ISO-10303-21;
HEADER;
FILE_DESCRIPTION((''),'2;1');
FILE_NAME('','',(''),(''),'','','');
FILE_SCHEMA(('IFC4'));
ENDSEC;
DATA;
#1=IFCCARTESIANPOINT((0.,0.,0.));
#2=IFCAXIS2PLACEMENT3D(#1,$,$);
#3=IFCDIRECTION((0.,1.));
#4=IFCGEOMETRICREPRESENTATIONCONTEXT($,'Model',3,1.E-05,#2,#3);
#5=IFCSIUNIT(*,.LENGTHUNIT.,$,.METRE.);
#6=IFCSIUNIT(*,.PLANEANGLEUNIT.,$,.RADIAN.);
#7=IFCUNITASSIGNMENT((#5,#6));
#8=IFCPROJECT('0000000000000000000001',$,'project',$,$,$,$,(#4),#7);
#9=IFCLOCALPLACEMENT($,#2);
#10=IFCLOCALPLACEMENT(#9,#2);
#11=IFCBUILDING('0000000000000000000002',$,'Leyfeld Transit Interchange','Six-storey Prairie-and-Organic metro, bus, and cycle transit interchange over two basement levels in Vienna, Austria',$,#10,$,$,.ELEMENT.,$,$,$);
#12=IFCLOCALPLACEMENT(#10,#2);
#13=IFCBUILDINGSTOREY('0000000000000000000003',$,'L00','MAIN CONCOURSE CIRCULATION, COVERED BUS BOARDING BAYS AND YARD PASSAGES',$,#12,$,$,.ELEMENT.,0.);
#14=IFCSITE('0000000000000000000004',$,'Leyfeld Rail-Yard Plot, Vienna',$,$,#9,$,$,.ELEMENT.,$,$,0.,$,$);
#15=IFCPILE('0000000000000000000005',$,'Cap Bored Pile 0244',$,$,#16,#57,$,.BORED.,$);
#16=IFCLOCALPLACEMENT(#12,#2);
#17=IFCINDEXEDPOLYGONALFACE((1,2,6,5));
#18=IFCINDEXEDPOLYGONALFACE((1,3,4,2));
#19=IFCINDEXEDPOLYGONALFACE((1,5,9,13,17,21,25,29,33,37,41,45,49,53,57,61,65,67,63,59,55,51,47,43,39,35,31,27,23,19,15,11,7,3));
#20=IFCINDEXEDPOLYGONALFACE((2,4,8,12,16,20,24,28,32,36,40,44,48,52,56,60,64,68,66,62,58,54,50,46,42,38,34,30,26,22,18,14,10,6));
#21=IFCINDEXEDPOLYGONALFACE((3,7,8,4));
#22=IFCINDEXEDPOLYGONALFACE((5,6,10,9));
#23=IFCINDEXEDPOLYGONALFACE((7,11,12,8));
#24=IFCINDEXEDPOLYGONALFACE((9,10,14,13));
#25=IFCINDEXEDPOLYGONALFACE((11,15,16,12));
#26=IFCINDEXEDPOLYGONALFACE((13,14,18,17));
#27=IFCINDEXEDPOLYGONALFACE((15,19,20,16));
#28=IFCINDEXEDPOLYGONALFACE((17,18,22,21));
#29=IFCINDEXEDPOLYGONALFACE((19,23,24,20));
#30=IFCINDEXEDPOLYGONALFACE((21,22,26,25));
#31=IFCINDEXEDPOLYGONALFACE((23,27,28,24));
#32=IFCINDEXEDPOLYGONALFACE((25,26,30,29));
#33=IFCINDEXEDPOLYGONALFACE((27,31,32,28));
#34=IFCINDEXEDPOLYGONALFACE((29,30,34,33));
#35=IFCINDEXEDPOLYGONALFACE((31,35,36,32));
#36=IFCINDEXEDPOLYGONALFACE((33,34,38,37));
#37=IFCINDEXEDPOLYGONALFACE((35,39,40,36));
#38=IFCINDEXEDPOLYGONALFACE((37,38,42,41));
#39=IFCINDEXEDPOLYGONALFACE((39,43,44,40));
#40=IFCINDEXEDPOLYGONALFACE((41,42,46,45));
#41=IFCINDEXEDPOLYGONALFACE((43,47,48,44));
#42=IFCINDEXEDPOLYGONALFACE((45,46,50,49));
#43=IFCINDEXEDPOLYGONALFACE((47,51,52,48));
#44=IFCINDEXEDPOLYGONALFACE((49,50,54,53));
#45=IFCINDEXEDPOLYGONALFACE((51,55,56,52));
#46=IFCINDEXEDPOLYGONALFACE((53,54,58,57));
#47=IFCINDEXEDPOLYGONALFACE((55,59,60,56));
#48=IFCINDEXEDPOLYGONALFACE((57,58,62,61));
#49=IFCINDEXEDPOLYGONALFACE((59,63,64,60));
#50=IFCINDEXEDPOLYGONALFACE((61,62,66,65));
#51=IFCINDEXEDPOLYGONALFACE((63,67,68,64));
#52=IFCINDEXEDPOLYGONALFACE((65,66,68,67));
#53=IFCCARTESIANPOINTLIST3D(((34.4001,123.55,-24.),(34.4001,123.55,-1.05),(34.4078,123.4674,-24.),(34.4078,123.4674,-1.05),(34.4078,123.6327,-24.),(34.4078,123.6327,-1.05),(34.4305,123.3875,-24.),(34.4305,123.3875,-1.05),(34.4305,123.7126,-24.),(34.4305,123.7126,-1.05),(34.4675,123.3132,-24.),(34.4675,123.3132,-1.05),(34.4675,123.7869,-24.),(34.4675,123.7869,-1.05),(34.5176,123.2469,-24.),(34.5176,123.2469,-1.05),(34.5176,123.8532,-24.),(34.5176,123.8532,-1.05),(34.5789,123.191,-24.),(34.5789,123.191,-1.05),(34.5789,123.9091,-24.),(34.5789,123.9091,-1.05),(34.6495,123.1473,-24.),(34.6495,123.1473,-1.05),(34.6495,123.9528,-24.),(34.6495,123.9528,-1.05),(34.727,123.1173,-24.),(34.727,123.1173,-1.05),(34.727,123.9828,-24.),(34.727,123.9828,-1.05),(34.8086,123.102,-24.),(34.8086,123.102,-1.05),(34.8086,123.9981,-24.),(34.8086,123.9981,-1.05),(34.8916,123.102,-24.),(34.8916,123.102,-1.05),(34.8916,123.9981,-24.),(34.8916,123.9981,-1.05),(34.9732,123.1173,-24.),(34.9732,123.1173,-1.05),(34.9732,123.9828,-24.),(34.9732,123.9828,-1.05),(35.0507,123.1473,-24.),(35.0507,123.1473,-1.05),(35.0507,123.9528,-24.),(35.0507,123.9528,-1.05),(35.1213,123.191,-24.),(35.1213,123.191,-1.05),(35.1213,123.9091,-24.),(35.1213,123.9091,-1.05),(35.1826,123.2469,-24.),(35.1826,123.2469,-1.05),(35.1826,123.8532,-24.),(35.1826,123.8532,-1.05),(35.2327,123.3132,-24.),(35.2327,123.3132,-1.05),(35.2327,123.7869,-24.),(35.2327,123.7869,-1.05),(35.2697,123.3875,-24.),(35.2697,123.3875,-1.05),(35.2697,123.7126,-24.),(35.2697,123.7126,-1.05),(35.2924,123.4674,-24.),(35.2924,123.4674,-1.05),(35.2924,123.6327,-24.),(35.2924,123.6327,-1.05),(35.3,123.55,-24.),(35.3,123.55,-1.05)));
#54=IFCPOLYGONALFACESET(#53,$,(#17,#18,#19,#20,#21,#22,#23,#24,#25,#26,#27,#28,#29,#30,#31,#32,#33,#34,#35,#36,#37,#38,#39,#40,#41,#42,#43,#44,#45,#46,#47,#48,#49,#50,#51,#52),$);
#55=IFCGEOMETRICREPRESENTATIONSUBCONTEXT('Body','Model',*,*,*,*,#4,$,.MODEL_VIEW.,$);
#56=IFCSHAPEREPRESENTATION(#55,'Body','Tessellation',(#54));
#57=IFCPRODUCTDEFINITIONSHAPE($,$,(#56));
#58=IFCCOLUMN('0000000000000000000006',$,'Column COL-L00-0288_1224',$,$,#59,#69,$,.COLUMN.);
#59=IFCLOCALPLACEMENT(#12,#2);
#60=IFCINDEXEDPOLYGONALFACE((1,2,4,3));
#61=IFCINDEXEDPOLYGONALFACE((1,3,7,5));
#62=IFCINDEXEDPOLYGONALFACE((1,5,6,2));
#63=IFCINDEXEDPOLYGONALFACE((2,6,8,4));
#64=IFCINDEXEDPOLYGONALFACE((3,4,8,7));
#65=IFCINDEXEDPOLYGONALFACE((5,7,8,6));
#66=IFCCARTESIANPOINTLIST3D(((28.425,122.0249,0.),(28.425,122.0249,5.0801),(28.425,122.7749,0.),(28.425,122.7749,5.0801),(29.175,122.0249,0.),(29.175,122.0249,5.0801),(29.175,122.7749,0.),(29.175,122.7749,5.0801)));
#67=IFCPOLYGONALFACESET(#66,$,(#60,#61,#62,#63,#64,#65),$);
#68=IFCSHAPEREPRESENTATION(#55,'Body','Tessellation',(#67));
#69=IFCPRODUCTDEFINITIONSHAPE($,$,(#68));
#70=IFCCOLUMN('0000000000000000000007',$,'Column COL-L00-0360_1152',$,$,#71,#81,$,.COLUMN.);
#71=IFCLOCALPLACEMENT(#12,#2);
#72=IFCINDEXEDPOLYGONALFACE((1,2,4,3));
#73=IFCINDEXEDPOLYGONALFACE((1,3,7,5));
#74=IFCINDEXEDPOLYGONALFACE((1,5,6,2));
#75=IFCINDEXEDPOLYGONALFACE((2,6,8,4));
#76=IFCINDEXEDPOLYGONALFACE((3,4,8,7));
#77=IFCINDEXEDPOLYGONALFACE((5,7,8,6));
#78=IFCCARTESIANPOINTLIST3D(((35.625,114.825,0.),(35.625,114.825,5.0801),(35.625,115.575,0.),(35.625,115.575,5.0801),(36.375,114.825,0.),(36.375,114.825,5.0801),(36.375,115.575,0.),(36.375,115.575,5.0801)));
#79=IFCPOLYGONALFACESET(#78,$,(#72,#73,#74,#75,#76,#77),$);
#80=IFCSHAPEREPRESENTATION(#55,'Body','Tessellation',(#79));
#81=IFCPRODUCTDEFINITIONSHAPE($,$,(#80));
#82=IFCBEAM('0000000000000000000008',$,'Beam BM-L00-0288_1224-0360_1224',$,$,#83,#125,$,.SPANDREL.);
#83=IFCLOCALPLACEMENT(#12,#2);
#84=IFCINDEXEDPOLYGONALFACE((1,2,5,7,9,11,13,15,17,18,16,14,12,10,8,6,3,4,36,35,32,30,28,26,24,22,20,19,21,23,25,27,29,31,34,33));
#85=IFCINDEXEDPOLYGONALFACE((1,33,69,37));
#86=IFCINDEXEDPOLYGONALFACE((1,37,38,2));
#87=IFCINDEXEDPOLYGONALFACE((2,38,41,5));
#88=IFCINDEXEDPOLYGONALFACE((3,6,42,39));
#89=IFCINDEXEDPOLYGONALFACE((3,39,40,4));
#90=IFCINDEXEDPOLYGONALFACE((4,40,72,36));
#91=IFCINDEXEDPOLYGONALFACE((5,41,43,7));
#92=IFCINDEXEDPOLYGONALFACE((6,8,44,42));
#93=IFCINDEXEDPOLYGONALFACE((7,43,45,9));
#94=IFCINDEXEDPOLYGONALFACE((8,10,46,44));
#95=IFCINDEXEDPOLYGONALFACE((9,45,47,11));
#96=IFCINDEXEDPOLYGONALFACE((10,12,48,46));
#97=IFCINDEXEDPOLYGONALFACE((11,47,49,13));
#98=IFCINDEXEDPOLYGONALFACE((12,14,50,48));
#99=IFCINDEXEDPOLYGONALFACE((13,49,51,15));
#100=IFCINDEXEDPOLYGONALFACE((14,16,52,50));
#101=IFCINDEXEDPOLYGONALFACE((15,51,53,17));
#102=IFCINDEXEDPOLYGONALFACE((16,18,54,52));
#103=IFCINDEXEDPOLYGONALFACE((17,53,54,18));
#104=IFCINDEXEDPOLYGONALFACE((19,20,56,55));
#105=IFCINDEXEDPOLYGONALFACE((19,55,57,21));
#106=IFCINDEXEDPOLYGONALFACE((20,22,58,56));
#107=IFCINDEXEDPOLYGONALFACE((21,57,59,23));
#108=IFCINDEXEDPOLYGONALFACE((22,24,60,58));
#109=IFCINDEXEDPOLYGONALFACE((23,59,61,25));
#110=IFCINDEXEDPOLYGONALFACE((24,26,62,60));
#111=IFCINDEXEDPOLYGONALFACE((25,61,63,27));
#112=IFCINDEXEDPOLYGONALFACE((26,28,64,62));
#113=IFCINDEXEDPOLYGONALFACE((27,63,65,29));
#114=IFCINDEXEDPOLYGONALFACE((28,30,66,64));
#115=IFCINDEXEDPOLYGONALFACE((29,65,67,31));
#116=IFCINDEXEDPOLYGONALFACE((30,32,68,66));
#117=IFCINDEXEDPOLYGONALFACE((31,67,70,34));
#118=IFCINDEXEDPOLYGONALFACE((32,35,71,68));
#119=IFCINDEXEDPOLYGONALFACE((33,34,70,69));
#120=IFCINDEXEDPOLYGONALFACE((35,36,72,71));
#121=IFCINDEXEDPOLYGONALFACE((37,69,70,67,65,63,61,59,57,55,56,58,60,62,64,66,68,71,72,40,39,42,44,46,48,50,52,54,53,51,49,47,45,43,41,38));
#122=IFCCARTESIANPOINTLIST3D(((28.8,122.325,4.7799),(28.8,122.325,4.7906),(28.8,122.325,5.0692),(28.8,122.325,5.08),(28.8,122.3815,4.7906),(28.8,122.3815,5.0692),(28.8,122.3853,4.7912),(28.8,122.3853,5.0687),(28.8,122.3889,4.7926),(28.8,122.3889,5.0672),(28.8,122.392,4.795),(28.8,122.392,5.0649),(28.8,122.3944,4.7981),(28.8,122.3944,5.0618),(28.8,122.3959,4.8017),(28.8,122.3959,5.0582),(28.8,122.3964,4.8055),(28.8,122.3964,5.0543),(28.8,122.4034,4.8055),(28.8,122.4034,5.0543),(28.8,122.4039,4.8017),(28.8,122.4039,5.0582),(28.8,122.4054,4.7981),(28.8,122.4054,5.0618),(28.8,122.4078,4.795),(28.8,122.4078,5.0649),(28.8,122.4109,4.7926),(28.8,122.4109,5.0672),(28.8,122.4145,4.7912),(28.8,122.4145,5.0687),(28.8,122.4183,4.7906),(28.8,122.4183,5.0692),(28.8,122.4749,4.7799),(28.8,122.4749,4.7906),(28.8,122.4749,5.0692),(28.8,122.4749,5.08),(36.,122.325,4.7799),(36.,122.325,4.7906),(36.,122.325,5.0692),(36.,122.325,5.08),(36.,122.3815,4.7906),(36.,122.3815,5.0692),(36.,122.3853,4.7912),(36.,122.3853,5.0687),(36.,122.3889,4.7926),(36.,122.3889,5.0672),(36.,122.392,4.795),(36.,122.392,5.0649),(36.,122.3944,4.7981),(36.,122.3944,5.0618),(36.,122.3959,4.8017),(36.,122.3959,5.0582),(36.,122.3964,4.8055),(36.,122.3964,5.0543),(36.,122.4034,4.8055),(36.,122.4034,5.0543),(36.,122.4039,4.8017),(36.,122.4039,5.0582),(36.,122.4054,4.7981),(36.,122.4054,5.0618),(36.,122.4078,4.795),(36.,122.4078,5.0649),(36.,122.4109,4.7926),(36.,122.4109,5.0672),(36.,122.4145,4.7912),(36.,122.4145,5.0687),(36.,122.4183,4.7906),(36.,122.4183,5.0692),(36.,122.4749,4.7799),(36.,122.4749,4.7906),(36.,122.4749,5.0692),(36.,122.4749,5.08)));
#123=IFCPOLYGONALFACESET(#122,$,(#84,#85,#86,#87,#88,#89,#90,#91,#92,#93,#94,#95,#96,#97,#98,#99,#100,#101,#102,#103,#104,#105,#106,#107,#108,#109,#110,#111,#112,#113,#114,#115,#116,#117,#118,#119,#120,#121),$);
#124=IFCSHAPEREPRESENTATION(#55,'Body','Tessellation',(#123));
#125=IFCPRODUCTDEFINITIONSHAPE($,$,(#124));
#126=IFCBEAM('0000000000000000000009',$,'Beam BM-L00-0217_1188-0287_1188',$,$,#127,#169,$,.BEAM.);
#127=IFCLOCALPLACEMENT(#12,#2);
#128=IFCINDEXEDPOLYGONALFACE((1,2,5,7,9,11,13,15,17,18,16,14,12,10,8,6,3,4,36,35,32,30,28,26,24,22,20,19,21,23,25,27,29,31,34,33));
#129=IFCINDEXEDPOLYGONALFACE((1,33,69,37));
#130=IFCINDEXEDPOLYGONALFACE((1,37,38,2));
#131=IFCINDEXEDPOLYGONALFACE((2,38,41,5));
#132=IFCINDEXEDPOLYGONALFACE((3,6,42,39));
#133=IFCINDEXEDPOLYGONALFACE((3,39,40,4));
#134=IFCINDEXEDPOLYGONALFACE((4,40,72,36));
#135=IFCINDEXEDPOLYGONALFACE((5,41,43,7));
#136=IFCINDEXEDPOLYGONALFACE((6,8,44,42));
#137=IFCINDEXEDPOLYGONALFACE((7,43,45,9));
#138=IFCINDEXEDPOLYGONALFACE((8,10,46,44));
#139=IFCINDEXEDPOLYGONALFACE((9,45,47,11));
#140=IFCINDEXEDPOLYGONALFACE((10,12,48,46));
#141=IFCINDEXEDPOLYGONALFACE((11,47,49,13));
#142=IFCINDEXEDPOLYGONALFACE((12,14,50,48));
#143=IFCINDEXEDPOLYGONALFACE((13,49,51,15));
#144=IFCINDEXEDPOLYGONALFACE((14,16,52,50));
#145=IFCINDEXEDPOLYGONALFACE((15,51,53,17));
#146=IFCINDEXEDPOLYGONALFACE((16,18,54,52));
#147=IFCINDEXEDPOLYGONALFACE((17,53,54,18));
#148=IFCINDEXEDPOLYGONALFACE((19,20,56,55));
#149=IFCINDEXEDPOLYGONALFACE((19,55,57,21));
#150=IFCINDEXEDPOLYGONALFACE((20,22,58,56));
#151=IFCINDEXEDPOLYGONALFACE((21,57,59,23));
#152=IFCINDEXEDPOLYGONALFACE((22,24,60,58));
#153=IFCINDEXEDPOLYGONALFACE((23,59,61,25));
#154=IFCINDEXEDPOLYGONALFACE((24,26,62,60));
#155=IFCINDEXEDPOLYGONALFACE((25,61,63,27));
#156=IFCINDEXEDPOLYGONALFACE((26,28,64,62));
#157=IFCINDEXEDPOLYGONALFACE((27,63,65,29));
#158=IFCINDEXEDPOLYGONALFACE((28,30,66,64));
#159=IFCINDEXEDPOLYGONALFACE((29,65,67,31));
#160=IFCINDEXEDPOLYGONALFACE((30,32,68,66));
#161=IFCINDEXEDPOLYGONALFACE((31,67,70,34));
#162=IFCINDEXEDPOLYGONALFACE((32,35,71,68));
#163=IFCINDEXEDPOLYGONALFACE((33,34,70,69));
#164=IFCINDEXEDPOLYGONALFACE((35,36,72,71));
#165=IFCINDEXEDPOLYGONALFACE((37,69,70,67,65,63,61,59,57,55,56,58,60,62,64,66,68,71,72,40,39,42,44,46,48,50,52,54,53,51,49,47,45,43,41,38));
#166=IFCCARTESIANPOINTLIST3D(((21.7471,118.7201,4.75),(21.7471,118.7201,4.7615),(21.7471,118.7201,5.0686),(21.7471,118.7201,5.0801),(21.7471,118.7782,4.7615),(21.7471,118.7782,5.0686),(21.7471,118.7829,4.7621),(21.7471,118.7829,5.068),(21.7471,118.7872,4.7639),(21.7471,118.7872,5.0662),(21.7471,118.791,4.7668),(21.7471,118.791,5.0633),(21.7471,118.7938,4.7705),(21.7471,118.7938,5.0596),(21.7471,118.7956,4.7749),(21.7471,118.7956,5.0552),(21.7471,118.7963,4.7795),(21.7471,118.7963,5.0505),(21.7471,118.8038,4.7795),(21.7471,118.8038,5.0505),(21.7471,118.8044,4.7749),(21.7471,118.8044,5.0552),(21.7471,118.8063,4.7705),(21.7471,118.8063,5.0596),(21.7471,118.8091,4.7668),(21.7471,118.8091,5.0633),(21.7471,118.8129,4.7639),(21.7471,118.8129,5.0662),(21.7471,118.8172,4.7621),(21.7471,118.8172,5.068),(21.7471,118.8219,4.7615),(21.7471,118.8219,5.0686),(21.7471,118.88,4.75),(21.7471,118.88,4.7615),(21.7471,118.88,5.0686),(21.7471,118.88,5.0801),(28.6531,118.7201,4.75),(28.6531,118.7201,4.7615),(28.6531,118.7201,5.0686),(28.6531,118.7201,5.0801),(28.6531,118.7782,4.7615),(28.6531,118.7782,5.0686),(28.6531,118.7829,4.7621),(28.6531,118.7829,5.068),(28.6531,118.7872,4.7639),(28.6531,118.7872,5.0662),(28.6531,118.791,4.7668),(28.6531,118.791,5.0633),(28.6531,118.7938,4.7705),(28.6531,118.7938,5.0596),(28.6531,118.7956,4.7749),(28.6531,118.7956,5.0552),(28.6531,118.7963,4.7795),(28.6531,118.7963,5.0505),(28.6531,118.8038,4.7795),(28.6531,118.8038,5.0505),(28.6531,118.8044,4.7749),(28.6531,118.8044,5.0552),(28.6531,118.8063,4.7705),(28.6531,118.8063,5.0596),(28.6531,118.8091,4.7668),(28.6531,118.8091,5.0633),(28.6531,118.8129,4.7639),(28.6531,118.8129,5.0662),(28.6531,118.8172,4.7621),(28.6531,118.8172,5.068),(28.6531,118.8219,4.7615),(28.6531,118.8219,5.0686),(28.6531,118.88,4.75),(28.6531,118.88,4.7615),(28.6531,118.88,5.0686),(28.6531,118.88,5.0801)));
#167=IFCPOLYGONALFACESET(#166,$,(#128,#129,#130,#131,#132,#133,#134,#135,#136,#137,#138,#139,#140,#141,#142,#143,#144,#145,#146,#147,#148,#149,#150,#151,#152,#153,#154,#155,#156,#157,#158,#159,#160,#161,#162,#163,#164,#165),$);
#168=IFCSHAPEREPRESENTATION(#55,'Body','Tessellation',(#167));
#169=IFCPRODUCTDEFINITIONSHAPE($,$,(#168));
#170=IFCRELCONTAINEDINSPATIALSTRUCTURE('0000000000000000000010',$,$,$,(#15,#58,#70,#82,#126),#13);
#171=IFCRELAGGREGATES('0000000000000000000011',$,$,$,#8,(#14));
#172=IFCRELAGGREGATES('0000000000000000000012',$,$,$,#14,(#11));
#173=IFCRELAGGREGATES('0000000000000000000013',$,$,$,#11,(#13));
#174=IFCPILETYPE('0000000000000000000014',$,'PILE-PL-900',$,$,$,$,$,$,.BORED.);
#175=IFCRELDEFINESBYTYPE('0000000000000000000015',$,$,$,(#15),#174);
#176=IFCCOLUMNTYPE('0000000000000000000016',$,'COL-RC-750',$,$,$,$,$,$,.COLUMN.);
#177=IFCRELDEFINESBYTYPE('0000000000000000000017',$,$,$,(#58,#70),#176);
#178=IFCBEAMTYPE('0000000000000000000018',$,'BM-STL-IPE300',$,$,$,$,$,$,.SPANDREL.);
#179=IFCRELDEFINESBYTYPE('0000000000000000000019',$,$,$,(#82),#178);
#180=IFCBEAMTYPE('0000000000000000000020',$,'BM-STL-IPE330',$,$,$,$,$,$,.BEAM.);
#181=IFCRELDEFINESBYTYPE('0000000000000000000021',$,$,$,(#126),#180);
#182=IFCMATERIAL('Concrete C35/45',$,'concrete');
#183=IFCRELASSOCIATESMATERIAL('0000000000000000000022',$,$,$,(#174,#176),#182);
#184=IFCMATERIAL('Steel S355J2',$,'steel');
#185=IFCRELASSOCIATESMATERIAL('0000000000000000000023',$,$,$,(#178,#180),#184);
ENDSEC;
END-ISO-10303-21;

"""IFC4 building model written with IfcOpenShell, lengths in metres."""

from ifc_helpers import new_model, si_unit, direction, frame, origin, origin_2d, place, context, subcontext, project, spatial, rectangle, circle, i_section, extrude, material, material_profile, profile_set, type_object, element, save


model = new_model("IFC4")

# Units and contexts
model_context = context("Model", 3, precision=1e-05, world=origin(), true_north=direction((0.0, 1.0)))
body_context = subcontext(model_context, "Body", "Model", "MODEL_VIEW")
ifc_project = project(units=[si_unit("LENGTHUNIT", "METRE"), si_unit("PLANEANGLEUNIT", "RADIAN")], contexts=[model_context])

# Site, building, storey
site_placement = place(None, origin())
site = spatial("IfcSite", under=ifc_project, at=site_placement, Name="Leyfeld Rail-Yard Plot, Vienna", CompositionType="ELEMENT", RefElevation=0.0)
building_placement = place(site_placement, origin())
building = spatial("IfcBuilding", under=site, at=building_placement, Name="Leyfeld Transit Interchange", Description="Six-storey Prairie-and-Organic metro, bus, and cycle transit interchange over two basement levels in Vienna, Austria", CompositionType="ELEMENT")
storey_placement = place(building_placement, origin())
storey = spatial("IfcBuildingStorey", under=building, at=storey_placement, Name="L00", Description="MAIN CONCOURSE CIRCULATION, COVERED BUS BOARDING BAYS AND YARD PASSAGES", CompositionType="ELEMENT", Elevation=0.0)

# Shared definitions
ifc_material_1 = material(Name="Concrete C35/45", Category="concrete")

# Pile
ifc_material_profile_1 = material_profile(ifc_material_1, circle(Radius=0.45, at=origin_2d()), Name="PILE D900")
ifc_profile_set_1 = profile_set([ifc_material_profile_1], Name="Concrete C35/45")
pile_type = type_object("IfcPileType", Name="PILE-PL-900", PredefinedType="BORED", material=ifc_profile_set_1)
for number, where, z_axis, x_axis, name in (
    (1, (34.8501, 123.55, -1.05), (0.0, 0.0, -1.0), (1.0, 0.0, 0.0), "Cap Bored Pile 0244"),
):
    element("IfcPile", number, at=place(storey_placement, frame(where, z_axis=z_axis, x_axis=x_axis)), inside=storey, type_object=pile_type, Name=name, PredefinedType="BORED", context=body_context, shape_type="SweptSolid", body=[
        extrude(circle(Radius=0.45, at=origin_2d()), origin(), (0.0, 0.0, 1.0), 22.95),
    ])

# Columns
ifc_material_profile_2 = material_profile(ifc_material_1, rectangle(XDim=0.75, YDim=0.75, at=origin_2d()), Name="RC 750x750")
ifc_profile_set_2 = profile_set([ifc_material_profile_2], Name="Concrete C35/45")
column_type = type_object("IfcColumnType", Name="COL-RC-750", PredefinedType="COLUMN", material=ifc_profile_set_2)
for number, where, z_axis, x_axis, name in (
    (2, (28.8, 122.3999, 0.0), (0.0, 0.0, 1.0), (1.0, 0.0, 0.0), "Column COL-L00-0288_1224"),
    (3, (36.0, 115.2, 0.0), (0.0, 0.0, 1.0), (1.0, 0.0, 0.0), "Column COL-L00-0360_1152"),
):
    element("IfcColumn", number, at=place(storey_placement, frame(where, z_axis=z_axis, x_axis=x_axis)), inside=storey, type_object=column_type, Name=name, PredefinedType="COLUMN", context=body_context, shape_type="SweptSolid", body=[
        extrude(rectangle(XDim=0.75, YDim=0.75, at=origin_2d()), origin(), (0.0, 0.0, 1.0), 5.0801),
    ])

# Beams
ifc_material_2 = material(Name="Steel S355J2", Category="steel")
ifc_material_profile_3 = material_profile(ifc_material_2, i_section(OverallWidth=0.1499, OverallDepth=0.3, WebThickness=0.0071, FlangeThickness=0.0107, FilletRadius=0.0149, at=origin_2d()), Name="IPE 300")
ifc_profile_set_3 = profile_set([ifc_material_profile_3], Name="Steel S355J2")
beam_type_1 = type_object("IfcBeamType", Name="BM-STL-IPE300", PredefinedType="SPANDREL", material=ifc_profile_set_3)
beam_placement = place(storey_placement, frame((28.8, 122.3999, 4.9299), z_axis=(1.0, 0.0, 0.0), x_axis=(0.0, 1.0, 0.0)))
element("IfcBeam", 4, at=beam_placement, inside=storey, type_object=beam_type_1, Name="Beam BM-L00-0288_1224-0360_1224", PredefinedType="SPANDREL", context=body_context, shape_type="SweptSolid", body=[
    extrude(i_section(OverallWidth=0.1499, OverallDepth=0.3, WebThickness=0.0071, FlangeThickness=0.0107, FilletRadius=0.0149, at=origin_2d()), origin(), (0.0, 0.0, 1.0), 7.2),
])
ifc_material_profile_4 = material_profile(ifc_material_2, i_section(OverallWidth=0.1599, OverallDepth=0.3301, WebThickness=0.0076, FlangeThickness=0.0115, FilletRadius=0.0181, at=origin_2d()), Name="IPE 330")
ifc_profile_set_4 = profile_set([ifc_material_profile_4], Name="Steel S355J2")
beam_type_2 = type_object("IfcBeamType", Name="BM-STL-IPE330", PredefinedType="BEAM", material=ifc_profile_set_4)
for number, where, z_axis, x_axis, name in (
    (5, (21.7471, 118.8, 4.915), (1.0, 0.0, 0.0), (0.0, 1.0, 0.0), "Beam BM-L00-0217_1188-0287_1188"),
):
    element("IfcBeam", number, at=place(storey_placement, frame(where, z_axis=z_axis, x_axis=x_axis)), inside=storey, type_object=beam_type_2, Name=name, PredefinedType="BEAM", context=body_context, shape_type="SweptSolid", body=[
        extrude(i_section(OverallWidth=0.1599, OverallDepth=0.3301, WebThickness=0.0076, FlangeThickness=0.0115, FilletRadius=0.0181, at=origin_2d()), origin(), (0.0, 0.0, 1.0), 6.906),
    ])

save(model, "model.ifc")
